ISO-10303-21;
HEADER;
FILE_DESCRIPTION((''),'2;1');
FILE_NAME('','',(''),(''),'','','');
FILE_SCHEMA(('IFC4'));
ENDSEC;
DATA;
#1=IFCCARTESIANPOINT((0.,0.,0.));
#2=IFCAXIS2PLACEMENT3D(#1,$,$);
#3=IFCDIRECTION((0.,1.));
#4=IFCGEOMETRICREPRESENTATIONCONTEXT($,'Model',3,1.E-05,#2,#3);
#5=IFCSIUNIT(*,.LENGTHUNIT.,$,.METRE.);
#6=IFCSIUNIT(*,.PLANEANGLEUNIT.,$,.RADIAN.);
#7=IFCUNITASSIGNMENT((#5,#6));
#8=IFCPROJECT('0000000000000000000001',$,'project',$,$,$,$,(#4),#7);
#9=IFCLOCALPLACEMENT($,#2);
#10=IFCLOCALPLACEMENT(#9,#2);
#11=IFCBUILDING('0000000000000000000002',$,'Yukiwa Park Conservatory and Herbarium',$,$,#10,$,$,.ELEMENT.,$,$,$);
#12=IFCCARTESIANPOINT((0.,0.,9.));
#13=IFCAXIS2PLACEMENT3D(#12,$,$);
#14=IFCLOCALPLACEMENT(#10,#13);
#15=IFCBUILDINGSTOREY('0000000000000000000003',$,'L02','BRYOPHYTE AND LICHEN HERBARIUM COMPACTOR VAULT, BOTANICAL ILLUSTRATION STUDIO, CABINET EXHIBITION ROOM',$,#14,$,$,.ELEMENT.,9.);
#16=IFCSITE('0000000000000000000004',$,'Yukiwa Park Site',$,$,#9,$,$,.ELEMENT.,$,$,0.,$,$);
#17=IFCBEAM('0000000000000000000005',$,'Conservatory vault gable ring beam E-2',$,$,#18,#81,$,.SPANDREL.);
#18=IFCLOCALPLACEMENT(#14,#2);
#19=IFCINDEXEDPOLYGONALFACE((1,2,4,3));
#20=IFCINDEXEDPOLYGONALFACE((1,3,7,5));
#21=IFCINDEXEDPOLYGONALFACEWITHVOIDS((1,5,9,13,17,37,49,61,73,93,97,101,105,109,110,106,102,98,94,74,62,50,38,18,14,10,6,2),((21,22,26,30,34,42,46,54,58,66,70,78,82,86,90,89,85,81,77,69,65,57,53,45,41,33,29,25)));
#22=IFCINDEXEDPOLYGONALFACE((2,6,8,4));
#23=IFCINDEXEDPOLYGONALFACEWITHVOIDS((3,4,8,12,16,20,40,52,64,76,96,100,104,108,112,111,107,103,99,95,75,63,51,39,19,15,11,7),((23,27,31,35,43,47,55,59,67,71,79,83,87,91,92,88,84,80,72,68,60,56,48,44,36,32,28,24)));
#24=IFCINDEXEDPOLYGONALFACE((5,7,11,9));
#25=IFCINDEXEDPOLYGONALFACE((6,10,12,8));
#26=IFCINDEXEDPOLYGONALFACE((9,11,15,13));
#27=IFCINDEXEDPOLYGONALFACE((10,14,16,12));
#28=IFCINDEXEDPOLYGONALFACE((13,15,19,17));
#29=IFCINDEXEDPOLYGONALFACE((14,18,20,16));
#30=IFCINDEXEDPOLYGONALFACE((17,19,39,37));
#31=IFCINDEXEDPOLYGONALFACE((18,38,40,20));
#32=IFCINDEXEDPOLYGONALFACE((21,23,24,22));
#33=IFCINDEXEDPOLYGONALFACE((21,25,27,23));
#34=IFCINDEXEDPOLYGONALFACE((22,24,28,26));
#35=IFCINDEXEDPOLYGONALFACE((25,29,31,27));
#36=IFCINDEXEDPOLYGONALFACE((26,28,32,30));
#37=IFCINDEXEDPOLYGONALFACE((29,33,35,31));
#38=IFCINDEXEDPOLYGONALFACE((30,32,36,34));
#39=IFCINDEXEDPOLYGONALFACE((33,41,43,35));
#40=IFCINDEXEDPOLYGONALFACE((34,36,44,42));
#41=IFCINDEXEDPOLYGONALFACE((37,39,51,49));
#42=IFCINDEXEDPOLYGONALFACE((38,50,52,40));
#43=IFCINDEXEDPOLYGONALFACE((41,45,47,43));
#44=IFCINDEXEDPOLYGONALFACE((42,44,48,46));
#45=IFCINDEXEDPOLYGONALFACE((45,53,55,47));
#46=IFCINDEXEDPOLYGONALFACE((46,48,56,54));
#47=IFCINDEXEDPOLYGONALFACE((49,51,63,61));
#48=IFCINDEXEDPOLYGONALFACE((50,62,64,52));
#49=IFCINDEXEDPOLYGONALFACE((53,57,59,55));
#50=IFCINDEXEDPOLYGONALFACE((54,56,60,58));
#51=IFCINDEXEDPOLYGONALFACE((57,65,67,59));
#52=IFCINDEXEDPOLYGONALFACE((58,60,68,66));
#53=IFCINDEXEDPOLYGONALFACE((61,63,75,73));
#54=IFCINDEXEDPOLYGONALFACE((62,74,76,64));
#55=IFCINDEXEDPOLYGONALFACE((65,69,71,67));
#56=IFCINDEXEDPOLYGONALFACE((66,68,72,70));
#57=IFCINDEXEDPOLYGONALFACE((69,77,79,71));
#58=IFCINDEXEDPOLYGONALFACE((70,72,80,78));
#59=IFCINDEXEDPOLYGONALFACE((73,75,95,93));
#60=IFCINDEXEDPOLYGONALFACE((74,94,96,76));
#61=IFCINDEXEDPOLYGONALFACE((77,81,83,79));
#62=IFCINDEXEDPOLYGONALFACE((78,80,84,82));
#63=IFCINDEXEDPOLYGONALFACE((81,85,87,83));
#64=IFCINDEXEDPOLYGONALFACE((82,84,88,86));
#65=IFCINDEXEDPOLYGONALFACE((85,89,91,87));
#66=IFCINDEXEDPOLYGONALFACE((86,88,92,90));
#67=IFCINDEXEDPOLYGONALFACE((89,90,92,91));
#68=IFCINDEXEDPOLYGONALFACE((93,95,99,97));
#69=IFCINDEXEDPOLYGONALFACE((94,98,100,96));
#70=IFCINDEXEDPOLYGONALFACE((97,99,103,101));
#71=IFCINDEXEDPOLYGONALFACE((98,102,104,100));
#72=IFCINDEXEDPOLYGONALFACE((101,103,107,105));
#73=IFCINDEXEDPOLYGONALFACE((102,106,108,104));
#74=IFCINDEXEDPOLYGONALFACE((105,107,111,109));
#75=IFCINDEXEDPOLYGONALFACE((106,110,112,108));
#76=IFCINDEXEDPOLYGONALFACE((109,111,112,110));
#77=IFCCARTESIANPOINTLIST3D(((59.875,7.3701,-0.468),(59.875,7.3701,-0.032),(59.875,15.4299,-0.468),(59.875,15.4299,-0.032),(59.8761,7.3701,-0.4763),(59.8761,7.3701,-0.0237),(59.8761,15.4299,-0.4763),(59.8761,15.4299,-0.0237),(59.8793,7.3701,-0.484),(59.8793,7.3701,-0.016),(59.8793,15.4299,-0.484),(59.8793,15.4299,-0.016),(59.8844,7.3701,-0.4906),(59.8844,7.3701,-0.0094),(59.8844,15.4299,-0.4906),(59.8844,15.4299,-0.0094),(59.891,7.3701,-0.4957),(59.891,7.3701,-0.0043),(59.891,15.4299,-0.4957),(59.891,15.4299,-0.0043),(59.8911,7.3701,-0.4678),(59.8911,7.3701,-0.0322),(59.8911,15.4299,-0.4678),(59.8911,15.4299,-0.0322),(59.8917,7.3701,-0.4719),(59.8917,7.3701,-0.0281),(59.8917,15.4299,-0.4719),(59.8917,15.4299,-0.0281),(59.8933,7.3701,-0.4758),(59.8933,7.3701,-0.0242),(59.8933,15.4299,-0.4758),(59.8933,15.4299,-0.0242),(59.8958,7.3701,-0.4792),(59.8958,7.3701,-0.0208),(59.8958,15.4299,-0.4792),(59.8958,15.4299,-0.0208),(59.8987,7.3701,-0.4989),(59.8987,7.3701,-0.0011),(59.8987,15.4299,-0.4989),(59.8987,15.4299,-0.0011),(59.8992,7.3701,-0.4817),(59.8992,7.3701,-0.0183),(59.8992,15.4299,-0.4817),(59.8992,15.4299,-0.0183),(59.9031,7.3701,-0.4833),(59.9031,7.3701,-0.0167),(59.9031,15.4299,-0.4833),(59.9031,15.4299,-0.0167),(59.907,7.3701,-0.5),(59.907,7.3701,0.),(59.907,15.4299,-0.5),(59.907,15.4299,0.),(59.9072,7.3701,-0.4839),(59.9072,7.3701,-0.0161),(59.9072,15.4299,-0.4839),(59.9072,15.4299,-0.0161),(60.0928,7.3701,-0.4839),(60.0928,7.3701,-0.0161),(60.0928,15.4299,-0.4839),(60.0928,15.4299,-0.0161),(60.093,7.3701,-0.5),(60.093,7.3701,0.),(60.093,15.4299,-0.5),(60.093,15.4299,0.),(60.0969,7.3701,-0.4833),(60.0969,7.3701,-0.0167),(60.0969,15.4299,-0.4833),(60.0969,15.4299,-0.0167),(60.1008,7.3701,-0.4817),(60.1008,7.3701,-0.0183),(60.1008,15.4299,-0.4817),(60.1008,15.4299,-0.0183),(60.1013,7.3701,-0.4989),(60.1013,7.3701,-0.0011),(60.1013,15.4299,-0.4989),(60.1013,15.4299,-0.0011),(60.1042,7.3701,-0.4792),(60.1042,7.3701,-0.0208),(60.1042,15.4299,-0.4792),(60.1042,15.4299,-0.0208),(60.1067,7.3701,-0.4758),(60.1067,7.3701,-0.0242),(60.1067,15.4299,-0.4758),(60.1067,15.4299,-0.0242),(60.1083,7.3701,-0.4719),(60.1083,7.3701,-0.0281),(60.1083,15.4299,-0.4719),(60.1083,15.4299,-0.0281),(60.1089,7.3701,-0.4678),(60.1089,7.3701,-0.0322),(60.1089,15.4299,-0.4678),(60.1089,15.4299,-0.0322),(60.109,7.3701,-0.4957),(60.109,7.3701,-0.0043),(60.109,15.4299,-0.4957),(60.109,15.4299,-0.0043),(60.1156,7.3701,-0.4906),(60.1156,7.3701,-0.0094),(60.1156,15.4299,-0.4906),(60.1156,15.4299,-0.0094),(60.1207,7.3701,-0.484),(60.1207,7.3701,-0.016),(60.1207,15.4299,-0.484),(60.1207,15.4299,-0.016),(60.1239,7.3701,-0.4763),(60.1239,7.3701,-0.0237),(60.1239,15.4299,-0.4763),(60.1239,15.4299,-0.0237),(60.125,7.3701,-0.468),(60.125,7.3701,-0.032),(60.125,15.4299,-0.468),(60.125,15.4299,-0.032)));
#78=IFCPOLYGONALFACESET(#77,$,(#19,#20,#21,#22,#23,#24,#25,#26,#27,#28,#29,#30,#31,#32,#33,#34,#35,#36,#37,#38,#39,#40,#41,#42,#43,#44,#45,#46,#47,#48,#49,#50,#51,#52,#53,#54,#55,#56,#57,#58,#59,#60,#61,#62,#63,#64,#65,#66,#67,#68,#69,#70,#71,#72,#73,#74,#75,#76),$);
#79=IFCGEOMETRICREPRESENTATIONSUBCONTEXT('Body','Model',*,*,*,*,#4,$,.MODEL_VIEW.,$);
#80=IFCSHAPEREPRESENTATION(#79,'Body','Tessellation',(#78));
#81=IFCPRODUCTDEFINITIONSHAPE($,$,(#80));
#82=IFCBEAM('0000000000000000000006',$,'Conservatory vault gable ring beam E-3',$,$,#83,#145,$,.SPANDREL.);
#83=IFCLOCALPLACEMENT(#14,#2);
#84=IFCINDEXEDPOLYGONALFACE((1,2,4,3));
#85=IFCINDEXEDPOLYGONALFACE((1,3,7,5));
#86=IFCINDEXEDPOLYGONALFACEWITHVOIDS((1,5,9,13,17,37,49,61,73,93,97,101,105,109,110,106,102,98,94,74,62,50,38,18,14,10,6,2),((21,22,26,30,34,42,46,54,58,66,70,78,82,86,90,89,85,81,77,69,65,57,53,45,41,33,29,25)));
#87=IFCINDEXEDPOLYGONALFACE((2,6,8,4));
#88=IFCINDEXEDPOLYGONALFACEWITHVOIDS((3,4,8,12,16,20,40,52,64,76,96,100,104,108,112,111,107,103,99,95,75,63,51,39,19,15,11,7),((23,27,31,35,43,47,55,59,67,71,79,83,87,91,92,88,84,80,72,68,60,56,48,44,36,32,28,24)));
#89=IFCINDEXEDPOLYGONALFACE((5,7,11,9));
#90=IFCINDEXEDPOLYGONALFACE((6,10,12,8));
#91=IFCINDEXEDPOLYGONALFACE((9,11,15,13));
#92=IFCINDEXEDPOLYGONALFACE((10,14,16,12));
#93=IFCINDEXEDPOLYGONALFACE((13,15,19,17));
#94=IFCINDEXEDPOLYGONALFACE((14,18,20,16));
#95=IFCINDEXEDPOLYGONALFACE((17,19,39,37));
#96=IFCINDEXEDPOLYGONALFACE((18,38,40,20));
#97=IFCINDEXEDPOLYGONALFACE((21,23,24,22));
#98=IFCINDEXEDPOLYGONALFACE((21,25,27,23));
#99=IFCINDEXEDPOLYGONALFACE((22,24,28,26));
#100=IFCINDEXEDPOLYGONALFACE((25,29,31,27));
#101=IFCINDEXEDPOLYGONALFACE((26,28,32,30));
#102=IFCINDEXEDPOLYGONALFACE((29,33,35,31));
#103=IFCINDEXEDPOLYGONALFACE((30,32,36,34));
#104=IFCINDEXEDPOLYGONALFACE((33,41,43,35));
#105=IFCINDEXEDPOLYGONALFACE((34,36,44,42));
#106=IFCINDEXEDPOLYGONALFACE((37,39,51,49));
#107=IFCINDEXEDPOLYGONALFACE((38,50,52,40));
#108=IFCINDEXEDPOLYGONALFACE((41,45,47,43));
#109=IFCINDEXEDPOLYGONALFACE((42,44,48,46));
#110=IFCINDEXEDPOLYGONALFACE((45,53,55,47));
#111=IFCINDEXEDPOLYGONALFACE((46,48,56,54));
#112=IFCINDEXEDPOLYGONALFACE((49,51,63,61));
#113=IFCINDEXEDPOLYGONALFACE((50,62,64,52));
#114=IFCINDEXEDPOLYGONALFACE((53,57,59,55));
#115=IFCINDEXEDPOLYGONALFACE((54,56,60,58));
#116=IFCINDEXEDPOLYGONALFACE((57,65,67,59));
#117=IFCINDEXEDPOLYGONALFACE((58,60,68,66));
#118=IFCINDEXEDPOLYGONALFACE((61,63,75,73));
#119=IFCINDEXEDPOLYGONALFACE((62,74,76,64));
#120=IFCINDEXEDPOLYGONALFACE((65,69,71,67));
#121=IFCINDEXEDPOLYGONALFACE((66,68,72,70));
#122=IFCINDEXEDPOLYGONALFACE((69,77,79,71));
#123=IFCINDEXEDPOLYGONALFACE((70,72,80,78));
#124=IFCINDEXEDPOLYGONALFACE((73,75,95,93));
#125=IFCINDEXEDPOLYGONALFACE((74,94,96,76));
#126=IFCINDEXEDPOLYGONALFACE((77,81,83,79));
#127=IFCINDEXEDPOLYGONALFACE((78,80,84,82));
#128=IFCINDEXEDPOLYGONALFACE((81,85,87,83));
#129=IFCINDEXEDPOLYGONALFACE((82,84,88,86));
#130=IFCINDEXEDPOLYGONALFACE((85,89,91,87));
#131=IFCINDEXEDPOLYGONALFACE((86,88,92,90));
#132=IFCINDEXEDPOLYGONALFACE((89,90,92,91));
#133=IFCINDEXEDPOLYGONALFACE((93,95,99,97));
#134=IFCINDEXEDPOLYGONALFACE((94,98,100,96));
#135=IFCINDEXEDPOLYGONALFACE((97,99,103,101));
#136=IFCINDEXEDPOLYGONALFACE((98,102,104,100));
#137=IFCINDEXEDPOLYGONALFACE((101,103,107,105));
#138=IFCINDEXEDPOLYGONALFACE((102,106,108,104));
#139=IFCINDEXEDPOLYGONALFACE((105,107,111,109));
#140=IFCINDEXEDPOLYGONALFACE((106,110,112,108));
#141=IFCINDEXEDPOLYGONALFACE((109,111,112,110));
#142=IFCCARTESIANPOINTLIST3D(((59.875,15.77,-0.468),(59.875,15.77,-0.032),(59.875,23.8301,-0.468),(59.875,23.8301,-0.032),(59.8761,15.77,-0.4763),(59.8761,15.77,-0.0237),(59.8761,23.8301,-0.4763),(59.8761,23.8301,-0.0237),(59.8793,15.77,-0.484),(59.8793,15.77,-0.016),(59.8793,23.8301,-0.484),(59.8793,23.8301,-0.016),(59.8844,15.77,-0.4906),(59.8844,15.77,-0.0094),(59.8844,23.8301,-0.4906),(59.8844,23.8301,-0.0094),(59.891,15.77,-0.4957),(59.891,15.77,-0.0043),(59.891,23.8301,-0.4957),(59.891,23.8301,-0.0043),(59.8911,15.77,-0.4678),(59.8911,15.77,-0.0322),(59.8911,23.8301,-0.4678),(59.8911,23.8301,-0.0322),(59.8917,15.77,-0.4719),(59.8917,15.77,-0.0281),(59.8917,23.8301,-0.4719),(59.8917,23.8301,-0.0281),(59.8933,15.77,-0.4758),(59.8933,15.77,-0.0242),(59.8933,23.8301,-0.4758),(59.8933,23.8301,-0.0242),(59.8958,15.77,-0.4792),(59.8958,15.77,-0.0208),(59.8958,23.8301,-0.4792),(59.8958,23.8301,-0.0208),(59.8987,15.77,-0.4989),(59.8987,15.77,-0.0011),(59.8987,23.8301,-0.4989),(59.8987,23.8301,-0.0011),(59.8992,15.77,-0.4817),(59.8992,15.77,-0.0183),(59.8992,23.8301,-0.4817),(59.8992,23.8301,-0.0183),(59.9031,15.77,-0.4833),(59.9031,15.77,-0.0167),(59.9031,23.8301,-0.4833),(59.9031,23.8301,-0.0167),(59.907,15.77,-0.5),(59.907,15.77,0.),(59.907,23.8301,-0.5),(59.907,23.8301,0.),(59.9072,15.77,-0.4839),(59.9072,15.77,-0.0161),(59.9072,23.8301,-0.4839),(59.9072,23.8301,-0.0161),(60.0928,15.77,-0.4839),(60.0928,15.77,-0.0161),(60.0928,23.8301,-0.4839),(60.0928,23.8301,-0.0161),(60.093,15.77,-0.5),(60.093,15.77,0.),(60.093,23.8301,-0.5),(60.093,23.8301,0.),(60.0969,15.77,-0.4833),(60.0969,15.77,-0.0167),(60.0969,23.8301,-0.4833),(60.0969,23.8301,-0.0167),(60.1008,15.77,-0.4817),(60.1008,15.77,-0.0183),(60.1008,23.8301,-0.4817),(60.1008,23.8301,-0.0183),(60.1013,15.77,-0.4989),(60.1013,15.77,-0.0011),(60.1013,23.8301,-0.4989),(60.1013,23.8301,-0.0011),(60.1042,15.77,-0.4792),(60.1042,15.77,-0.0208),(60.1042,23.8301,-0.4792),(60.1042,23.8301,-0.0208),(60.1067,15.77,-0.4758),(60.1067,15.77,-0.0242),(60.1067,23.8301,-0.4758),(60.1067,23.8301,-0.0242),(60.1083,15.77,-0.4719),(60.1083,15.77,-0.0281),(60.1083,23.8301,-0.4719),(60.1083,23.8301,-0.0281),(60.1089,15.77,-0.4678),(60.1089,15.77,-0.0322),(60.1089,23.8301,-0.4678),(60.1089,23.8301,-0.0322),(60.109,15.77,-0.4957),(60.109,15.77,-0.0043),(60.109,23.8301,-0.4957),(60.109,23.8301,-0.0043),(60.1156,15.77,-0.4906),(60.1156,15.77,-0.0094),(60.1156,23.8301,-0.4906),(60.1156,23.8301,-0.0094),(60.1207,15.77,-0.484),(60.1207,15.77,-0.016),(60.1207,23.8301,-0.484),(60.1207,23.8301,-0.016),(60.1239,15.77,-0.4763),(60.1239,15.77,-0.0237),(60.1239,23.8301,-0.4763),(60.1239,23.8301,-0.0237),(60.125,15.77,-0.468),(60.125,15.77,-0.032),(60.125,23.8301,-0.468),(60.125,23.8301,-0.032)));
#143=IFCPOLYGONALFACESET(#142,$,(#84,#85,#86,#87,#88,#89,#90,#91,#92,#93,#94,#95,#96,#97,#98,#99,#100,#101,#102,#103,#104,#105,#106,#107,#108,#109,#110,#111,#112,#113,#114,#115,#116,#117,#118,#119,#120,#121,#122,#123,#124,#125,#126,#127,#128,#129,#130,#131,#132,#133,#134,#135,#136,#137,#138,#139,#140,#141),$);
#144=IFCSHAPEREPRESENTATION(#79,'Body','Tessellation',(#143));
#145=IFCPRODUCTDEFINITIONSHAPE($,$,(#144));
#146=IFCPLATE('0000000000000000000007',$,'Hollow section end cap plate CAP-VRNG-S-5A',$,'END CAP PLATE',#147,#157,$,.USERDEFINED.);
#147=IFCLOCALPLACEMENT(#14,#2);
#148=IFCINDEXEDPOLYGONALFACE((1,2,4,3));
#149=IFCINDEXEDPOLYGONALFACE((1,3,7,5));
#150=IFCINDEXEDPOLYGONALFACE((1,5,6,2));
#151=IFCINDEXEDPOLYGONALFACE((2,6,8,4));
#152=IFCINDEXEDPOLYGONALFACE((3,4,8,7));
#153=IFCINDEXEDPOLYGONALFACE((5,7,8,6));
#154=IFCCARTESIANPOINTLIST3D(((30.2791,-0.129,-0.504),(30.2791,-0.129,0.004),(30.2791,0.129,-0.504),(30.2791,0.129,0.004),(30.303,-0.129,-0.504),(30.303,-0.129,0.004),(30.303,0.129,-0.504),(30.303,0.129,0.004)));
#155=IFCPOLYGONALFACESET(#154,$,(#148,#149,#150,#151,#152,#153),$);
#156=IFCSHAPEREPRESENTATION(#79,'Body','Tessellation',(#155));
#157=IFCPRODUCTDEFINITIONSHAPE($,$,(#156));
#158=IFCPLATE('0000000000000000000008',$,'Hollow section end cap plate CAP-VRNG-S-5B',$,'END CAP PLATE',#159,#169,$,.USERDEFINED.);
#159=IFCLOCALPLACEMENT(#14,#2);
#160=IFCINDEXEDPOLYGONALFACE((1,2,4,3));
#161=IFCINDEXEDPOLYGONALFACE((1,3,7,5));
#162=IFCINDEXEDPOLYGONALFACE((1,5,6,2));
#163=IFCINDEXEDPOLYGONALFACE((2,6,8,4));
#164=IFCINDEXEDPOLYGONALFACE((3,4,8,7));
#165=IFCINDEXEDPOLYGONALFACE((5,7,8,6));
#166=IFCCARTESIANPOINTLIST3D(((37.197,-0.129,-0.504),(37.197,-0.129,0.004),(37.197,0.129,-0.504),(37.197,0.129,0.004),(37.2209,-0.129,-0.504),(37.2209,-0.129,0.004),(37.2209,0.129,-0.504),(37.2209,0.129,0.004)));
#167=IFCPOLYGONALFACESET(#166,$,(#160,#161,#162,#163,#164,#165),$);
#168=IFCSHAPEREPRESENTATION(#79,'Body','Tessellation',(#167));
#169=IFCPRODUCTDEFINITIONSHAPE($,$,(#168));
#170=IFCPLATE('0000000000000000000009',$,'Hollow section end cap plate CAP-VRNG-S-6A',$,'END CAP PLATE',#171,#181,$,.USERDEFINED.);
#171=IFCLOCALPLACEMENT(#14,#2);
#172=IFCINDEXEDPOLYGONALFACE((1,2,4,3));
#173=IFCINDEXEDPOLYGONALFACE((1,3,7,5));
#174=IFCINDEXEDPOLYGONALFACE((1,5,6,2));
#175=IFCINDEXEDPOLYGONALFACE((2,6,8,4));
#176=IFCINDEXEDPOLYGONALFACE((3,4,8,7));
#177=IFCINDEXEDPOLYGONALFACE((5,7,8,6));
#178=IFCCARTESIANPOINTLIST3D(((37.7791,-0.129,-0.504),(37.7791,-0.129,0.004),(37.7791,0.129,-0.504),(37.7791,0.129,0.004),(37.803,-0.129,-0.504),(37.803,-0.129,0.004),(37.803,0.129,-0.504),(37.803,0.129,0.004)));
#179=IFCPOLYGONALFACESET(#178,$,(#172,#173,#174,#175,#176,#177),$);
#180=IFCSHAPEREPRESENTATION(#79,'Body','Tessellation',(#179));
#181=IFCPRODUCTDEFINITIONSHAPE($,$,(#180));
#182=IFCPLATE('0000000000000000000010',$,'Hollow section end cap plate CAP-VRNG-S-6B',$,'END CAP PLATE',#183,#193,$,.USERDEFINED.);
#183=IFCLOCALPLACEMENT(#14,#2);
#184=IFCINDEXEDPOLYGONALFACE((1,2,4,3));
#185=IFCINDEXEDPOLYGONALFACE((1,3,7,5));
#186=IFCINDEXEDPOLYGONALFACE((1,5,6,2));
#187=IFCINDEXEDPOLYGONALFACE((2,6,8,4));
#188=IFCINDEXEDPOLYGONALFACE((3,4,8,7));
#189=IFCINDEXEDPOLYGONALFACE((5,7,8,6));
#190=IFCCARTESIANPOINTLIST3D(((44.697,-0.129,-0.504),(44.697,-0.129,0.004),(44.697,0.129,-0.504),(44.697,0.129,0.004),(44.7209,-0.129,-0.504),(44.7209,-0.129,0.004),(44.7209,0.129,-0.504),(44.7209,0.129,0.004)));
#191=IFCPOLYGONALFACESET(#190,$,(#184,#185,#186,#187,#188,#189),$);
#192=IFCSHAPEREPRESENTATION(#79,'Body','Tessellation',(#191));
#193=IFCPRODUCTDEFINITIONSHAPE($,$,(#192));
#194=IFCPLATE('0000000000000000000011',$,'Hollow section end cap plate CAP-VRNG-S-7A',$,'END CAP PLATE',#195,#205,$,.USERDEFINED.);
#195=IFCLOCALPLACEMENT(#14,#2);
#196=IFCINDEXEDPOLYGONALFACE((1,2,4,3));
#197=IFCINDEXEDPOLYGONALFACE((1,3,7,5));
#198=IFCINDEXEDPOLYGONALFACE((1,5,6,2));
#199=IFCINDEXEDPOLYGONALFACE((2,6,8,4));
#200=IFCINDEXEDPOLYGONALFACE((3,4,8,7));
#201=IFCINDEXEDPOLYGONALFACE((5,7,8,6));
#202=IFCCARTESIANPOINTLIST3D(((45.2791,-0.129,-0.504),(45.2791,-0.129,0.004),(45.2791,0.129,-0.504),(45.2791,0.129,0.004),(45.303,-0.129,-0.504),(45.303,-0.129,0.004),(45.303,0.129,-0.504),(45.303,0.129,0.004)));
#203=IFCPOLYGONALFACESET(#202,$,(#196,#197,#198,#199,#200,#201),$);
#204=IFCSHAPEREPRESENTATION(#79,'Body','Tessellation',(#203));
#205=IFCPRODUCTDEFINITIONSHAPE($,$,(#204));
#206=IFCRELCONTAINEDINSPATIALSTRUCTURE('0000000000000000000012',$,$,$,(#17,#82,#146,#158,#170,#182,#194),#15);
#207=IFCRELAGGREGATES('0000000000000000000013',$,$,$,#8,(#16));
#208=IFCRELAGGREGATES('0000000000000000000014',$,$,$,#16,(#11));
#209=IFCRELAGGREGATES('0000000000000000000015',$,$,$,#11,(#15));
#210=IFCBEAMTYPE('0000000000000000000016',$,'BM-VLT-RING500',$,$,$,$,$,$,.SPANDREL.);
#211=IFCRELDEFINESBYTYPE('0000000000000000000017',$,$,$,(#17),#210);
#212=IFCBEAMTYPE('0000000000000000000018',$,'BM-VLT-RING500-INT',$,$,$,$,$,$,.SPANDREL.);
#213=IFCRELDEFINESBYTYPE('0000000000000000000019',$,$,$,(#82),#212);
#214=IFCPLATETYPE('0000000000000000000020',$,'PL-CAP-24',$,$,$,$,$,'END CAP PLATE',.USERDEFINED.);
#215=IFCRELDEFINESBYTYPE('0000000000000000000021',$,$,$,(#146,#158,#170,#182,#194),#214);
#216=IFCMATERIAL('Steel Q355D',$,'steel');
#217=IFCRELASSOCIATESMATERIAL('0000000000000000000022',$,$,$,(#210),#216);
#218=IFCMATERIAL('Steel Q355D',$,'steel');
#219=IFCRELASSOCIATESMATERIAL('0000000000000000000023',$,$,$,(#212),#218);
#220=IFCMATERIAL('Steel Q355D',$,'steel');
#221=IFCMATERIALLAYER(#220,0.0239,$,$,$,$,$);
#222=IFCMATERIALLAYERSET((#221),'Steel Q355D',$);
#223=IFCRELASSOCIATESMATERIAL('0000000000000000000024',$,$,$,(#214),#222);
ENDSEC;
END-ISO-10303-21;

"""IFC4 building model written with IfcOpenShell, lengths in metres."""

from ifc_helpers import new_model, si_unit, direction, frame, origin, origin_2d, place, context, subcontext, project, spatial, rectangle, hollow_rectangle, extrude, material, layer, layer_set, material_profile, profile_set, type_object, element, save


model = new_model("IFC4")

# Units and contexts
model_context = context("Model", 3, precision=1e-05, world=origin(), true_north=direction((0.0, 1.0)))
body_context = subcontext(model_context, "Body", "Model", "MODEL_VIEW")
ifc_project = project(units=[si_unit("LENGTHUNIT", "METRE"), si_unit("PLANEANGLEUNIT", "RADIAN")], contexts=[model_context])

# Site, building, storey
site_placement = place(None, origin())
site = spatial("IfcSite", under=ifc_project, at=site_placement, Name="Yukiwa Park Site", CompositionType="ELEMENT", RefElevation=0.0)
building_placement = place(site_placement, origin())
building = spatial("IfcBuilding", under=site, at=building_placement, Name="Yukiwa Park Conservatory and Herbarium", CompositionType="ELEMENT")
storey_placement = place(building_placement, frame((0.0, 0.0, 9.0)))
storey = spatial("IfcBuildingStorey", under=building, at=storey_placement, Name="L02", Description="BRYOPHYTE AND LICHEN HERBARIUM COMPACTOR VAULT, BOTANICAL ILLUSTRATION STUDIO, CABINET EXHIBITION ROOM", CompositionType="ELEMENT", Elevation=9.0)

# Beams
ifc_material_1 = material(Name="Steel Q355D", Category="steel")
ifc_material_profile_1 = material_profile(ifc_material_1, hollow_rectangle(XDim=0.25, YDim=0.5, WallThickness=0.0161, InnerFilletRadius=0.0161, OuterFilletRadius=0.032, at=origin_2d()), Name="RHS 500x250x16")
ifc_profile_set_1 = profile_set([ifc_material_profile_1], Name="Steel Q355D")
beam_type_1 = type_object("IfcBeamType", Name="BM-VLT-RING500", PredefinedType="SPANDREL", material=ifc_profile_set_1)
beam_1_placement = place(storey_placement, frame((60.0, 7.3701, -0.25), z_axis=(0.0, 1.0, 0.0), x_axis=(-1.0, 0.0, 0.0)))
element("IfcBeam", 1, at=beam_1_placement, inside=storey, type_object=beam_type_1, Name="Conservatory vault gable ring beam E-2", PredefinedType="SPANDREL", context=body_context, shape_type="SweptSolid", body=[
    extrude(hollow_rectangle(XDim=0.25, YDim=0.5, WallThickness=0.0161, InnerFilletRadius=0.0161, OuterFilletRadius=0.032, at=origin_2d()), origin(), (0.0, 0.0, 1.0), 8.0598),
])
ifc_material_2 = material(Name="Steel Q355D", Category="steel")
ifc_material_profile_2 = material_profile(ifc_material_2, hollow_rectangle(XDim=0.25, YDim=0.5, WallThickness=0.0161, InnerFilletRadius=0.0161, OuterFilletRadius=0.032, at=origin_2d()), Name="RHS 500x250x16")
ifc_profile_set_2 = profile_set([ifc_material_profile_2], Name="Steel Q355D")
beam_type_2 = type_object("IfcBeamType", Name="BM-VLT-RING500-INT", PredefinedType="SPANDREL", material=ifc_profile_set_2)
beam_2_placement = place(storey_placement, frame((60.0, 15.77, -0.25), z_axis=(0.0, 1.0, 0.0), x_axis=(-1.0, 0.0, 0.0)))
element("IfcBeam", 2, at=beam_2_placement, inside=storey, type_object=beam_type_2, Name="Conservatory vault gable ring beam E-3", PredefinedType="SPANDREL", context=body_context, shape_type="SweptSolid", body=[
    extrude(hollow_rectangle(XDim=0.25, YDim=0.5, WallThickness=0.0161, InnerFilletRadius=0.0161, OuterFilletRadius=0.032, at=origin_2d()), origin(), (0.0, 0.0, 1.0), 8.0601),
])

# Plates
ifc_material_3 = material(Name="Steel Q355D", Category="steel")
ifc_layer_1 = layer(ifc_material_3, 0.0239)
ifc_layer_set_1 = layer_set([ifc_layer_1], Name="Steel Q355D")
plate_type_1 = type_object("IfcPlateType", Name="PL-CAP-24", ElementType="END CAP PLATE", PredefinedType="USERDEFINED", material=ifc_layer_set_1)
for number, where, z_axis, x_axis, name in (
    (3, (30.303, 0.0, -0.25), (-1.0, 0.0, 0.0), (0.0, -1.0, 0.0), "Hollow section end cap plate CAP-VRNG-S-5A"),
    (4, (37.197, 0.0, -0.25), (1.0, 0.0, 0.0), (0.0, 1.0, 0.0), "Hollow section end cap plate CAP-VRNG-S-5B"),
    (5, (37.803, 0.0, -0.25), (-1.0, 0.0, 0.0), (0.0, -1.0, 0.0), "Hollow section end cap plate CAP-VRNG-S-6A"),
    (6, (44.697, 0.0, -0.25), (1.0, 0.0, 0.0), (0.0, 1.0, 0.0), "Hollow section end cap plate CAP-VRNG-S-6B"),
    (7, (45.303, 0.0, -0.25), (-1.0, 0.0, 0.0), (0.0, -1.0, 0.0), "Hollow section end cap plate CAP-VRNG-S-7A"),
):
    element("IfcPlate", number, at=place(storey_placement, frame(where, z_axis=z_axis, x_axis=x_axis)), inside=storey, type_object=plate_type_1, Name=name, ObjectType="END CAP PLATE", PredefinedType="USERDEFINED", context=body_context, shape_type="SweptSolid", body=[
        extrude(rectangle(XDim=0.2581, YDim=0.5081, at=origin_2d()), origin(), (0.0, 0.0, 1.0), 0.0239),
    ])

save(model, "model.ifc")
